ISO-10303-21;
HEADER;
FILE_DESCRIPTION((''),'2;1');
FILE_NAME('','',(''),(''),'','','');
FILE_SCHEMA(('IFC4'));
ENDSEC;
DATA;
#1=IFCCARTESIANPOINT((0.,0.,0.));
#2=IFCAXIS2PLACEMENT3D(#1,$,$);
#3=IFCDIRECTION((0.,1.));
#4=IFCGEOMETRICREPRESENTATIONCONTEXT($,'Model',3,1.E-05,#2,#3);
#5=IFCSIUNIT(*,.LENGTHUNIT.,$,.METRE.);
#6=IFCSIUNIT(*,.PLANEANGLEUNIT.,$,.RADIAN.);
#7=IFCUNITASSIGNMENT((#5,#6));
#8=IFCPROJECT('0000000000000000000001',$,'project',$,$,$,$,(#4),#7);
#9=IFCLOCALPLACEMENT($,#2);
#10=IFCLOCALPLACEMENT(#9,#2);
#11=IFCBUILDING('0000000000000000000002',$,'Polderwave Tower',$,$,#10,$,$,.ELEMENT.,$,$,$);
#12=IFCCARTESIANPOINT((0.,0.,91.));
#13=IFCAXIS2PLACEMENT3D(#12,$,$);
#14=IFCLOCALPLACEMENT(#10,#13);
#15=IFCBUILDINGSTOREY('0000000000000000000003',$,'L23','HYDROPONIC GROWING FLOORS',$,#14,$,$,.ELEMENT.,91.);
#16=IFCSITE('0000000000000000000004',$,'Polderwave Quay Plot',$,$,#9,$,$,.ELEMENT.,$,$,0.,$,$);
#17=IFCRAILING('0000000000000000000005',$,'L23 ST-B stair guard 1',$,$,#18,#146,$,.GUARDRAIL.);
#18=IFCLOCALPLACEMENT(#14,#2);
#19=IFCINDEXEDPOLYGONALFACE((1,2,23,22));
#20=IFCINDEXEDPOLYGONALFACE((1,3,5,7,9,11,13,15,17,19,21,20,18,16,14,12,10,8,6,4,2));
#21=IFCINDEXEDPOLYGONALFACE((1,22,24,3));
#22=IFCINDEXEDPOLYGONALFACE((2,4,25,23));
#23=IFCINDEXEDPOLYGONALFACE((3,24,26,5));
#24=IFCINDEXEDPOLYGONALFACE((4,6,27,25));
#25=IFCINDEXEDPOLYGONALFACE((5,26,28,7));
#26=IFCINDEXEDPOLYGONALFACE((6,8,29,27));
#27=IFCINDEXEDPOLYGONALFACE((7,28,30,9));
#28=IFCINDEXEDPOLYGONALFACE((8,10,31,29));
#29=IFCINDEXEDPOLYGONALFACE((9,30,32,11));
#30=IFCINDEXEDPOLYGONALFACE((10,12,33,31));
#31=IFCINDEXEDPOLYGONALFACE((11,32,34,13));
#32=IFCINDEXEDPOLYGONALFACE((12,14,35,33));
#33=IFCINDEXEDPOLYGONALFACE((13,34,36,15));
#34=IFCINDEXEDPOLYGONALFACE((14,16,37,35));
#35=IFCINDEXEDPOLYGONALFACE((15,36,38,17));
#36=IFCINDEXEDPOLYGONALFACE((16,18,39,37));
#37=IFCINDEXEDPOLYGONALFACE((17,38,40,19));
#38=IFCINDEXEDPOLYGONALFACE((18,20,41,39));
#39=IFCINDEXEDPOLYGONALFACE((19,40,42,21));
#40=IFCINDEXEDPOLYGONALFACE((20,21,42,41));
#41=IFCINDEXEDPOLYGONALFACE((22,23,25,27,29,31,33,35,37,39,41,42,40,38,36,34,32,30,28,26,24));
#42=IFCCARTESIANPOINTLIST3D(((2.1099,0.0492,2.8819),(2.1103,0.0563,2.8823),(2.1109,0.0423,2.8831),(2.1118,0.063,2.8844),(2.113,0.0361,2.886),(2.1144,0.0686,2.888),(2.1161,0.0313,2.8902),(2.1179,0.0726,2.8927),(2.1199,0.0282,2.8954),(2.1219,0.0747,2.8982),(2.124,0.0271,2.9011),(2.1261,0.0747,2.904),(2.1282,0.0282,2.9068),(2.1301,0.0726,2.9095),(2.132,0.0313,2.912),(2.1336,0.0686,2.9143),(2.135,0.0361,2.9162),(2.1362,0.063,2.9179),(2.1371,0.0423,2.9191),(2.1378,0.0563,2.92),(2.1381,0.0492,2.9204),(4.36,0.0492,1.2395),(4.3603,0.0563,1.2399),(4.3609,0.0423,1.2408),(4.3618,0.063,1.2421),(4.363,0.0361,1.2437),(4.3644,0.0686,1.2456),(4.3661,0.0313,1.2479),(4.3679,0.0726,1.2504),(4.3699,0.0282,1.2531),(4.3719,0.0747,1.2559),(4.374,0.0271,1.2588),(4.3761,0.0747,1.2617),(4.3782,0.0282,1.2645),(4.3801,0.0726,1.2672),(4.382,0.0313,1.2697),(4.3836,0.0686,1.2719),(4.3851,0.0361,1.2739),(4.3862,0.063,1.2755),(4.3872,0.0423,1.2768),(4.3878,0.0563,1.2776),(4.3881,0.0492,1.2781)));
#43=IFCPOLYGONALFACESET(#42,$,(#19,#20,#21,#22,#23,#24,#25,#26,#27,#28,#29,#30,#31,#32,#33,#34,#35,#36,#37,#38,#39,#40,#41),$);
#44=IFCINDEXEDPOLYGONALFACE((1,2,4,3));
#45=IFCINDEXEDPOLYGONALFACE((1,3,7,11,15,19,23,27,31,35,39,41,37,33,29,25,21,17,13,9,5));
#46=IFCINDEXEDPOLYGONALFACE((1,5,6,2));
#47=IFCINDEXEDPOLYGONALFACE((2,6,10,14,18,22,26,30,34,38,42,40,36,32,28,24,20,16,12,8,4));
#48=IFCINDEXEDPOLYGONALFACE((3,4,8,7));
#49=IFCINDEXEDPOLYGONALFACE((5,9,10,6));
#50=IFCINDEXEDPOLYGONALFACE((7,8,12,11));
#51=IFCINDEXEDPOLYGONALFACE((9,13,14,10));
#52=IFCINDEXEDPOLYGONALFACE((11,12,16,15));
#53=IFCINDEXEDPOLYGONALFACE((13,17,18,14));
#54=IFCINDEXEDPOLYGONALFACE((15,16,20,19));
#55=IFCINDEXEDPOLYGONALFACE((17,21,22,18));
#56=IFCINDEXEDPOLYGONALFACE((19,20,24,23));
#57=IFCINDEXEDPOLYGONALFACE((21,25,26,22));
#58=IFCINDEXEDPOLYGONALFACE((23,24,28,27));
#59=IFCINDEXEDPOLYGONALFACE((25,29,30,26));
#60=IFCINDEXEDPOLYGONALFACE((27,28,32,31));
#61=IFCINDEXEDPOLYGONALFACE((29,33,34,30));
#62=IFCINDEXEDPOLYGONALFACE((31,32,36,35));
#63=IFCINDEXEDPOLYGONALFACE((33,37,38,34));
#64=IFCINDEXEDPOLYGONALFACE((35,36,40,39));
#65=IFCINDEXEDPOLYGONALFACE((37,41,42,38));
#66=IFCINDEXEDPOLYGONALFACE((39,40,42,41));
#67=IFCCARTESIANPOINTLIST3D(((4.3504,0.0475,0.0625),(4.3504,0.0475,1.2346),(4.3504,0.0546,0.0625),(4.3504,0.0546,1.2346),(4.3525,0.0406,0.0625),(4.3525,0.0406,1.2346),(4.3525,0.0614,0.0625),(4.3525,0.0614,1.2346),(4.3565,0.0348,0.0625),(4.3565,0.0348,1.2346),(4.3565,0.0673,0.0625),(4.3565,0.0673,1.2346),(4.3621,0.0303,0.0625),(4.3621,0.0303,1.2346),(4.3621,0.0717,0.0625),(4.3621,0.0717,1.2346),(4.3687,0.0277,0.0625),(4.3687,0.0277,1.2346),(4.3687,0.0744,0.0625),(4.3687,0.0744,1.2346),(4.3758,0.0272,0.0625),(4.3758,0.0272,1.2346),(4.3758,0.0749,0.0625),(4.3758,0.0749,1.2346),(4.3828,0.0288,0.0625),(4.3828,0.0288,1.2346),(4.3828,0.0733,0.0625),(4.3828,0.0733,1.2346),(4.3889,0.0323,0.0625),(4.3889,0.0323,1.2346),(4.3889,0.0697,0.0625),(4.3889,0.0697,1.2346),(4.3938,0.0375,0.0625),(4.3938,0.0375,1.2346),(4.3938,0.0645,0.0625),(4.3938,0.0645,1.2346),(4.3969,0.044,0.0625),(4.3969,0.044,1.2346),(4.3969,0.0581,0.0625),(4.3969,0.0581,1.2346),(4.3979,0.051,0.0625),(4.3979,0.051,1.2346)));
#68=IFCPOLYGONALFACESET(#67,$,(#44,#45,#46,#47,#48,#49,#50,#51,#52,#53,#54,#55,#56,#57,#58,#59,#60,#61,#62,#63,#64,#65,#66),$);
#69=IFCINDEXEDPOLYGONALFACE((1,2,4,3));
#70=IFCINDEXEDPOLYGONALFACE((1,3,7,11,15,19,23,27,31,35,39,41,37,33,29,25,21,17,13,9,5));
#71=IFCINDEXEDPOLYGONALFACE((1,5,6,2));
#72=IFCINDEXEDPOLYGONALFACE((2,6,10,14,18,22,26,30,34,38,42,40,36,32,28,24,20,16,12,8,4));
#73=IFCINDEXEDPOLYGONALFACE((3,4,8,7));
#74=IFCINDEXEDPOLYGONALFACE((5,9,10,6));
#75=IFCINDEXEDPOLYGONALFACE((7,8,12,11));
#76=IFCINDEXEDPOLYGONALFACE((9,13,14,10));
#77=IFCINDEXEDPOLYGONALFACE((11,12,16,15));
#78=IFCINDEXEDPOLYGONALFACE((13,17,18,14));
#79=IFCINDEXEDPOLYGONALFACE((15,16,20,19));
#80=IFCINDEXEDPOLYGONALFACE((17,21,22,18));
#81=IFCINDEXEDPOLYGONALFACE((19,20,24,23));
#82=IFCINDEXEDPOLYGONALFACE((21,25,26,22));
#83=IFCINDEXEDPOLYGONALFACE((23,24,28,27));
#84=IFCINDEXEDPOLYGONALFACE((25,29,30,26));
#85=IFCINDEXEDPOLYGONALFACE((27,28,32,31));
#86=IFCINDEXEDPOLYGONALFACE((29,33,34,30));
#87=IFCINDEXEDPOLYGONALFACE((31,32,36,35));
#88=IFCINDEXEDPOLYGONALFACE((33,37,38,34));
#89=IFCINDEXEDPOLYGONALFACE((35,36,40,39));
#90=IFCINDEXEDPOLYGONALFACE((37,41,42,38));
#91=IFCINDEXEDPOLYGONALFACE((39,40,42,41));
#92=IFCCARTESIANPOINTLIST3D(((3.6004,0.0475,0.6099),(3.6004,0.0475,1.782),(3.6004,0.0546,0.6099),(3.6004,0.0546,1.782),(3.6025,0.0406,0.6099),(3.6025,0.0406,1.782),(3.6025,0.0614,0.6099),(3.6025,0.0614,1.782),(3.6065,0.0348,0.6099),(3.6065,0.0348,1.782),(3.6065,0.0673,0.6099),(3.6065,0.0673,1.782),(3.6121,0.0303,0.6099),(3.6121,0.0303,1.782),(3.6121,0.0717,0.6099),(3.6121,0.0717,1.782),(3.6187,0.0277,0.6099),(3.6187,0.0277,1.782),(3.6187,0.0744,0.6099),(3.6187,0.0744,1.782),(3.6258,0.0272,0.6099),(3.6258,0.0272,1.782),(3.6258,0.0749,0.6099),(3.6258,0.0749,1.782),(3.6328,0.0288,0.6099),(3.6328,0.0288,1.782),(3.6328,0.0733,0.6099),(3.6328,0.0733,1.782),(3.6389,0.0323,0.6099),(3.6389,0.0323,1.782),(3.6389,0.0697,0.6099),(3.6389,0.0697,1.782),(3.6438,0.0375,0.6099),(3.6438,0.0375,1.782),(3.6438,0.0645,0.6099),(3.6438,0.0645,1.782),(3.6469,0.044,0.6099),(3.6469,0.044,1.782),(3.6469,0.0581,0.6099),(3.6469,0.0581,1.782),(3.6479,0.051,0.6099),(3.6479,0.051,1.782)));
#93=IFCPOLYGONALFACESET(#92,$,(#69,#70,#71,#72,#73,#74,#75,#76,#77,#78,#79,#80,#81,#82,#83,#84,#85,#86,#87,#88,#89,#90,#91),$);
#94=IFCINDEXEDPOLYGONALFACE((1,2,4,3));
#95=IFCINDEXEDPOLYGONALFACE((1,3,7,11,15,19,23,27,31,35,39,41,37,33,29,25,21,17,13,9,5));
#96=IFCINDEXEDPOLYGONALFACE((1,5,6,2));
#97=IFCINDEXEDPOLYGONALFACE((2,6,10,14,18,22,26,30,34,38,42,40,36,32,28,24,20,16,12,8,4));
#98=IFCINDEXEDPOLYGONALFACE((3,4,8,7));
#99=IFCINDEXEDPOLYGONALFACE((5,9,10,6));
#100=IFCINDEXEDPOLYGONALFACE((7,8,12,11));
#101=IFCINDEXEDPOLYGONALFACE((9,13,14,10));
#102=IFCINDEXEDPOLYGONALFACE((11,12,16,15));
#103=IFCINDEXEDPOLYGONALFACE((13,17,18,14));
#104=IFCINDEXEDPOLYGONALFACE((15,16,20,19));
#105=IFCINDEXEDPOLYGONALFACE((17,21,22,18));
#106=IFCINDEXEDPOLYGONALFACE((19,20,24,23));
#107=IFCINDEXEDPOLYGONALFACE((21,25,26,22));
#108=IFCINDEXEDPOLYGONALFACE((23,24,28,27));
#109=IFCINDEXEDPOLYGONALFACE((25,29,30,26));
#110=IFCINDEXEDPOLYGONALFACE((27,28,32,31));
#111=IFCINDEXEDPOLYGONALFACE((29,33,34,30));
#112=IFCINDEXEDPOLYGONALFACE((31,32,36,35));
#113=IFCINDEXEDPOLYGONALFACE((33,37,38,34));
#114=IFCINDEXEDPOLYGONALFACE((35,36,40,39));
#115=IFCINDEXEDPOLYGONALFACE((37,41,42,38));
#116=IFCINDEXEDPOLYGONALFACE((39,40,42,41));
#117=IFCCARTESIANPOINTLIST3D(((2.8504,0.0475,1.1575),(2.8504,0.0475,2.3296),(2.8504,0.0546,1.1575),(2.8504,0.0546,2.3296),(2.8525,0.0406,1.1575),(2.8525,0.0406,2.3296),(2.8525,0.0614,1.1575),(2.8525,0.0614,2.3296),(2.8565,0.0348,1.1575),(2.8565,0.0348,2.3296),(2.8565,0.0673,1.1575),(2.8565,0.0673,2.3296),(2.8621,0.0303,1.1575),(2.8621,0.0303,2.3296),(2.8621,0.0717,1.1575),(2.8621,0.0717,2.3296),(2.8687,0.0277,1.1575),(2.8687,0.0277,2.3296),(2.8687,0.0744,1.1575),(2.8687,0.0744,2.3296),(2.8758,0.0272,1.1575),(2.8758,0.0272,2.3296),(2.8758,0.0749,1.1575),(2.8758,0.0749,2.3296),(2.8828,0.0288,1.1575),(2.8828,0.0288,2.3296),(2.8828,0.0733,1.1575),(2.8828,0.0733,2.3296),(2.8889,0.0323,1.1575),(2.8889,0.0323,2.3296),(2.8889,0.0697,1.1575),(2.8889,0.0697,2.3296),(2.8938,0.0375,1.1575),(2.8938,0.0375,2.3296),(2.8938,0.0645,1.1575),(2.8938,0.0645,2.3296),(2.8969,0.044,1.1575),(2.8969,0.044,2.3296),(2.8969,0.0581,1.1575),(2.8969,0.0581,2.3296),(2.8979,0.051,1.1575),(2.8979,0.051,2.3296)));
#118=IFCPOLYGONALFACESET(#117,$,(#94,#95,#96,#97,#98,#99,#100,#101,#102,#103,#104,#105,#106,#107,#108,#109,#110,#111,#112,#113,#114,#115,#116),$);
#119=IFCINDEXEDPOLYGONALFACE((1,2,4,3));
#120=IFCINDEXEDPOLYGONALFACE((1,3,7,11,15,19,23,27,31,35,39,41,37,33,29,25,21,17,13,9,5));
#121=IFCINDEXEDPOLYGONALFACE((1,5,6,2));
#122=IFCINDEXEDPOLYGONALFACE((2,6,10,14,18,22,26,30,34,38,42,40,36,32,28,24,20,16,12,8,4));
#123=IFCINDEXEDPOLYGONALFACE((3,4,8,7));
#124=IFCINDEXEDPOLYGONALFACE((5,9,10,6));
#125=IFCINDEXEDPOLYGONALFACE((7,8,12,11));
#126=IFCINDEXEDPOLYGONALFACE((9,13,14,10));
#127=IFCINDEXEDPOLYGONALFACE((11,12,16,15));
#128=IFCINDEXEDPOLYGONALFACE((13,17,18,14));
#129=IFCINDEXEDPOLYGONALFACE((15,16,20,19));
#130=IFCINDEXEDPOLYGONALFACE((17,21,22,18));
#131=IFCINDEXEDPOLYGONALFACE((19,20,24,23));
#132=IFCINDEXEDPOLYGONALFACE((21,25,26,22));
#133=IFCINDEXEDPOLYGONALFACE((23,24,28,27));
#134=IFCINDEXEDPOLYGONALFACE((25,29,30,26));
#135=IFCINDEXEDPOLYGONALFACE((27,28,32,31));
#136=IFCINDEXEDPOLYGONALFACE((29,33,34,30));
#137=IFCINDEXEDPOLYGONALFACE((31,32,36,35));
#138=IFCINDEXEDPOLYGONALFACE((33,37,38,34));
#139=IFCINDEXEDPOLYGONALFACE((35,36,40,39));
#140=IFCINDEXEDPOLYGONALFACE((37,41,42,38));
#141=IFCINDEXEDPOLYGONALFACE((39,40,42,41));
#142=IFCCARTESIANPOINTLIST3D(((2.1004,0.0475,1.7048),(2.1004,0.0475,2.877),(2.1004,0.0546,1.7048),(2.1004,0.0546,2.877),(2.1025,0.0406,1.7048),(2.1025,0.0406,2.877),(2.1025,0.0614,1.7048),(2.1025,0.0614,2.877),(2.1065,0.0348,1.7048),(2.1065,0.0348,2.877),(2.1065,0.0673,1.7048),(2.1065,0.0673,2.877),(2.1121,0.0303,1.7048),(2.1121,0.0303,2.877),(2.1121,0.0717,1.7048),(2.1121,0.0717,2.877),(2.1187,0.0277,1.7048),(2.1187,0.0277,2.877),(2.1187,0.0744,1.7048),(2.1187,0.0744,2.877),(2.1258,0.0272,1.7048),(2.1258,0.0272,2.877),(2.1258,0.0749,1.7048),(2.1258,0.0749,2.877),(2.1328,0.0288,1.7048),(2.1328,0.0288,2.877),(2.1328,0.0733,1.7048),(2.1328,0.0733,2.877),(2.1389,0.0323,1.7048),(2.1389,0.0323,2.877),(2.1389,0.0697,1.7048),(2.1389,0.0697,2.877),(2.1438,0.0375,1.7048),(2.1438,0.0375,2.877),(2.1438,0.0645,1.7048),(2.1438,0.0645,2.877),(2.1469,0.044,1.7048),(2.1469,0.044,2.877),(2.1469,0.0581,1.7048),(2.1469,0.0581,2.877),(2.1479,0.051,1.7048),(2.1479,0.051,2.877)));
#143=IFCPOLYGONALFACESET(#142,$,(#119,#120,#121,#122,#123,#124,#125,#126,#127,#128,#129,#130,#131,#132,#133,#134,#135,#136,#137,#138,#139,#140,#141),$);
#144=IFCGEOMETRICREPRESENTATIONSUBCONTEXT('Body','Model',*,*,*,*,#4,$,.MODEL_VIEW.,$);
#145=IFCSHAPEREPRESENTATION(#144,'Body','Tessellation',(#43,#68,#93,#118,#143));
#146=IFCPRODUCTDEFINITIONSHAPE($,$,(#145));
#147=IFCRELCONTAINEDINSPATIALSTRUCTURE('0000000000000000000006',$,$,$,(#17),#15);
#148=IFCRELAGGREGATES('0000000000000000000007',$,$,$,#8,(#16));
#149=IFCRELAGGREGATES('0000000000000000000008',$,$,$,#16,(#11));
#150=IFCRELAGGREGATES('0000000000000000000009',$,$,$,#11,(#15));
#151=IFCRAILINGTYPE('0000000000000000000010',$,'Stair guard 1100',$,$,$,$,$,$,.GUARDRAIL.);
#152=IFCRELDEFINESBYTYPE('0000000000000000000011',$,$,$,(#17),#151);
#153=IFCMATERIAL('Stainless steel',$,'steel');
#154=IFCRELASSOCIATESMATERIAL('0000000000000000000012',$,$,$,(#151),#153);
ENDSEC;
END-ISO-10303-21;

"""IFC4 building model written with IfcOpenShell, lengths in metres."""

from ifc_helpers import new_model, si_unit, direction, frame, origin, origin_2d, place, context, subcontext, project, spatial, circle, extrude, material, type_object, element, save


model = new_model("IFC4")

# Units and contexts
model_context = context("Model", 3, precision=1e-05, world=origin(), true_north=direction((0.0, 1.0)))
body_context = subcontext(model_context, "Body", "Model", "MODEL_VIEW")
ifc_project = project(units=[si_unit("LENGTHUNIT", "METRE"), si_unit("PLANEANGLEUNIT", "RADIAN")], contexts=[model_context])

# Site, building, storey
site_placement = place(None, origin())
site = spatial("IfcSite", under=ifc_project, at=site_placement, Name="Polderwave Quay Plot", CompositionType="ELEMENT", RefElevation=0.0)
building_placement = place(site_placement, origin())
building = spatial("IfcBuilding", under=site, at=building_placement, Name="Polderwave Tower", CompositionType="ELEMENT")
storey_placement = place(building_placement, frame((0.0, 0.0, 91.0)))
storey = spatial("IfcBuildingStorey", under=building, at=storey_placement, Name="L23", Description="HYDROPONIC GROWING FLOORS", CompositionType="ELEMENT", Elevation=91.0)

# Railing
ifc_material_1 = material(Name="Stainless steel", Category="steel")
railing_type_1 = type_object("IfcRailingType", Name="Stair guard 1100", PredefinedType="GUARDRAIL", material=ifc_material_1)
railing_1_placement = place(storey_placement, frame((4.374, 0.051, 0.0625)))
element("IfcRailing", 1, at=railing_1_placement, inside=storey, type_object=railing_type_1, Name="L23 ST-B stair guard 1", PredefinedType="GUARDRAIL", context=body_context, shape_type="SweptSolid", body=[
    extrude(circle(Radius=0.0239, at=origin_2d()), frame((0.0, 0.0, 1.1963), z_axis=(-0.807715, 0.0, 0.589573), x_axis=(0.0, -1.0, 0.0)), (0.0, 0.0, 1.0), 2.7856),
    extrude(circle(Radius=0.0239, at=origin_2d()), origin(), (0.0, 0.0, 1.0), 1.1721),
    extrude(circle(Radius=0.0239, at=origin_2d()), frame((-0.75, 0.0, 0.5474)), (0.0, 0.0, 1.0), 1.1721),
    extrude(circle(Radius=0.0239, at=origin_2d()), frame((-1.5, 0.0, 1.095)), (0.0, 0.0, 1.0), 1.1721),
    extrude(circle(Radius=0.0239, at=origin_2d()), frame((-2.25, 0.0, 1.6423)), (0.0, 0.0, 1.0), 1.1721),
])

save(model, "model.ifc")
